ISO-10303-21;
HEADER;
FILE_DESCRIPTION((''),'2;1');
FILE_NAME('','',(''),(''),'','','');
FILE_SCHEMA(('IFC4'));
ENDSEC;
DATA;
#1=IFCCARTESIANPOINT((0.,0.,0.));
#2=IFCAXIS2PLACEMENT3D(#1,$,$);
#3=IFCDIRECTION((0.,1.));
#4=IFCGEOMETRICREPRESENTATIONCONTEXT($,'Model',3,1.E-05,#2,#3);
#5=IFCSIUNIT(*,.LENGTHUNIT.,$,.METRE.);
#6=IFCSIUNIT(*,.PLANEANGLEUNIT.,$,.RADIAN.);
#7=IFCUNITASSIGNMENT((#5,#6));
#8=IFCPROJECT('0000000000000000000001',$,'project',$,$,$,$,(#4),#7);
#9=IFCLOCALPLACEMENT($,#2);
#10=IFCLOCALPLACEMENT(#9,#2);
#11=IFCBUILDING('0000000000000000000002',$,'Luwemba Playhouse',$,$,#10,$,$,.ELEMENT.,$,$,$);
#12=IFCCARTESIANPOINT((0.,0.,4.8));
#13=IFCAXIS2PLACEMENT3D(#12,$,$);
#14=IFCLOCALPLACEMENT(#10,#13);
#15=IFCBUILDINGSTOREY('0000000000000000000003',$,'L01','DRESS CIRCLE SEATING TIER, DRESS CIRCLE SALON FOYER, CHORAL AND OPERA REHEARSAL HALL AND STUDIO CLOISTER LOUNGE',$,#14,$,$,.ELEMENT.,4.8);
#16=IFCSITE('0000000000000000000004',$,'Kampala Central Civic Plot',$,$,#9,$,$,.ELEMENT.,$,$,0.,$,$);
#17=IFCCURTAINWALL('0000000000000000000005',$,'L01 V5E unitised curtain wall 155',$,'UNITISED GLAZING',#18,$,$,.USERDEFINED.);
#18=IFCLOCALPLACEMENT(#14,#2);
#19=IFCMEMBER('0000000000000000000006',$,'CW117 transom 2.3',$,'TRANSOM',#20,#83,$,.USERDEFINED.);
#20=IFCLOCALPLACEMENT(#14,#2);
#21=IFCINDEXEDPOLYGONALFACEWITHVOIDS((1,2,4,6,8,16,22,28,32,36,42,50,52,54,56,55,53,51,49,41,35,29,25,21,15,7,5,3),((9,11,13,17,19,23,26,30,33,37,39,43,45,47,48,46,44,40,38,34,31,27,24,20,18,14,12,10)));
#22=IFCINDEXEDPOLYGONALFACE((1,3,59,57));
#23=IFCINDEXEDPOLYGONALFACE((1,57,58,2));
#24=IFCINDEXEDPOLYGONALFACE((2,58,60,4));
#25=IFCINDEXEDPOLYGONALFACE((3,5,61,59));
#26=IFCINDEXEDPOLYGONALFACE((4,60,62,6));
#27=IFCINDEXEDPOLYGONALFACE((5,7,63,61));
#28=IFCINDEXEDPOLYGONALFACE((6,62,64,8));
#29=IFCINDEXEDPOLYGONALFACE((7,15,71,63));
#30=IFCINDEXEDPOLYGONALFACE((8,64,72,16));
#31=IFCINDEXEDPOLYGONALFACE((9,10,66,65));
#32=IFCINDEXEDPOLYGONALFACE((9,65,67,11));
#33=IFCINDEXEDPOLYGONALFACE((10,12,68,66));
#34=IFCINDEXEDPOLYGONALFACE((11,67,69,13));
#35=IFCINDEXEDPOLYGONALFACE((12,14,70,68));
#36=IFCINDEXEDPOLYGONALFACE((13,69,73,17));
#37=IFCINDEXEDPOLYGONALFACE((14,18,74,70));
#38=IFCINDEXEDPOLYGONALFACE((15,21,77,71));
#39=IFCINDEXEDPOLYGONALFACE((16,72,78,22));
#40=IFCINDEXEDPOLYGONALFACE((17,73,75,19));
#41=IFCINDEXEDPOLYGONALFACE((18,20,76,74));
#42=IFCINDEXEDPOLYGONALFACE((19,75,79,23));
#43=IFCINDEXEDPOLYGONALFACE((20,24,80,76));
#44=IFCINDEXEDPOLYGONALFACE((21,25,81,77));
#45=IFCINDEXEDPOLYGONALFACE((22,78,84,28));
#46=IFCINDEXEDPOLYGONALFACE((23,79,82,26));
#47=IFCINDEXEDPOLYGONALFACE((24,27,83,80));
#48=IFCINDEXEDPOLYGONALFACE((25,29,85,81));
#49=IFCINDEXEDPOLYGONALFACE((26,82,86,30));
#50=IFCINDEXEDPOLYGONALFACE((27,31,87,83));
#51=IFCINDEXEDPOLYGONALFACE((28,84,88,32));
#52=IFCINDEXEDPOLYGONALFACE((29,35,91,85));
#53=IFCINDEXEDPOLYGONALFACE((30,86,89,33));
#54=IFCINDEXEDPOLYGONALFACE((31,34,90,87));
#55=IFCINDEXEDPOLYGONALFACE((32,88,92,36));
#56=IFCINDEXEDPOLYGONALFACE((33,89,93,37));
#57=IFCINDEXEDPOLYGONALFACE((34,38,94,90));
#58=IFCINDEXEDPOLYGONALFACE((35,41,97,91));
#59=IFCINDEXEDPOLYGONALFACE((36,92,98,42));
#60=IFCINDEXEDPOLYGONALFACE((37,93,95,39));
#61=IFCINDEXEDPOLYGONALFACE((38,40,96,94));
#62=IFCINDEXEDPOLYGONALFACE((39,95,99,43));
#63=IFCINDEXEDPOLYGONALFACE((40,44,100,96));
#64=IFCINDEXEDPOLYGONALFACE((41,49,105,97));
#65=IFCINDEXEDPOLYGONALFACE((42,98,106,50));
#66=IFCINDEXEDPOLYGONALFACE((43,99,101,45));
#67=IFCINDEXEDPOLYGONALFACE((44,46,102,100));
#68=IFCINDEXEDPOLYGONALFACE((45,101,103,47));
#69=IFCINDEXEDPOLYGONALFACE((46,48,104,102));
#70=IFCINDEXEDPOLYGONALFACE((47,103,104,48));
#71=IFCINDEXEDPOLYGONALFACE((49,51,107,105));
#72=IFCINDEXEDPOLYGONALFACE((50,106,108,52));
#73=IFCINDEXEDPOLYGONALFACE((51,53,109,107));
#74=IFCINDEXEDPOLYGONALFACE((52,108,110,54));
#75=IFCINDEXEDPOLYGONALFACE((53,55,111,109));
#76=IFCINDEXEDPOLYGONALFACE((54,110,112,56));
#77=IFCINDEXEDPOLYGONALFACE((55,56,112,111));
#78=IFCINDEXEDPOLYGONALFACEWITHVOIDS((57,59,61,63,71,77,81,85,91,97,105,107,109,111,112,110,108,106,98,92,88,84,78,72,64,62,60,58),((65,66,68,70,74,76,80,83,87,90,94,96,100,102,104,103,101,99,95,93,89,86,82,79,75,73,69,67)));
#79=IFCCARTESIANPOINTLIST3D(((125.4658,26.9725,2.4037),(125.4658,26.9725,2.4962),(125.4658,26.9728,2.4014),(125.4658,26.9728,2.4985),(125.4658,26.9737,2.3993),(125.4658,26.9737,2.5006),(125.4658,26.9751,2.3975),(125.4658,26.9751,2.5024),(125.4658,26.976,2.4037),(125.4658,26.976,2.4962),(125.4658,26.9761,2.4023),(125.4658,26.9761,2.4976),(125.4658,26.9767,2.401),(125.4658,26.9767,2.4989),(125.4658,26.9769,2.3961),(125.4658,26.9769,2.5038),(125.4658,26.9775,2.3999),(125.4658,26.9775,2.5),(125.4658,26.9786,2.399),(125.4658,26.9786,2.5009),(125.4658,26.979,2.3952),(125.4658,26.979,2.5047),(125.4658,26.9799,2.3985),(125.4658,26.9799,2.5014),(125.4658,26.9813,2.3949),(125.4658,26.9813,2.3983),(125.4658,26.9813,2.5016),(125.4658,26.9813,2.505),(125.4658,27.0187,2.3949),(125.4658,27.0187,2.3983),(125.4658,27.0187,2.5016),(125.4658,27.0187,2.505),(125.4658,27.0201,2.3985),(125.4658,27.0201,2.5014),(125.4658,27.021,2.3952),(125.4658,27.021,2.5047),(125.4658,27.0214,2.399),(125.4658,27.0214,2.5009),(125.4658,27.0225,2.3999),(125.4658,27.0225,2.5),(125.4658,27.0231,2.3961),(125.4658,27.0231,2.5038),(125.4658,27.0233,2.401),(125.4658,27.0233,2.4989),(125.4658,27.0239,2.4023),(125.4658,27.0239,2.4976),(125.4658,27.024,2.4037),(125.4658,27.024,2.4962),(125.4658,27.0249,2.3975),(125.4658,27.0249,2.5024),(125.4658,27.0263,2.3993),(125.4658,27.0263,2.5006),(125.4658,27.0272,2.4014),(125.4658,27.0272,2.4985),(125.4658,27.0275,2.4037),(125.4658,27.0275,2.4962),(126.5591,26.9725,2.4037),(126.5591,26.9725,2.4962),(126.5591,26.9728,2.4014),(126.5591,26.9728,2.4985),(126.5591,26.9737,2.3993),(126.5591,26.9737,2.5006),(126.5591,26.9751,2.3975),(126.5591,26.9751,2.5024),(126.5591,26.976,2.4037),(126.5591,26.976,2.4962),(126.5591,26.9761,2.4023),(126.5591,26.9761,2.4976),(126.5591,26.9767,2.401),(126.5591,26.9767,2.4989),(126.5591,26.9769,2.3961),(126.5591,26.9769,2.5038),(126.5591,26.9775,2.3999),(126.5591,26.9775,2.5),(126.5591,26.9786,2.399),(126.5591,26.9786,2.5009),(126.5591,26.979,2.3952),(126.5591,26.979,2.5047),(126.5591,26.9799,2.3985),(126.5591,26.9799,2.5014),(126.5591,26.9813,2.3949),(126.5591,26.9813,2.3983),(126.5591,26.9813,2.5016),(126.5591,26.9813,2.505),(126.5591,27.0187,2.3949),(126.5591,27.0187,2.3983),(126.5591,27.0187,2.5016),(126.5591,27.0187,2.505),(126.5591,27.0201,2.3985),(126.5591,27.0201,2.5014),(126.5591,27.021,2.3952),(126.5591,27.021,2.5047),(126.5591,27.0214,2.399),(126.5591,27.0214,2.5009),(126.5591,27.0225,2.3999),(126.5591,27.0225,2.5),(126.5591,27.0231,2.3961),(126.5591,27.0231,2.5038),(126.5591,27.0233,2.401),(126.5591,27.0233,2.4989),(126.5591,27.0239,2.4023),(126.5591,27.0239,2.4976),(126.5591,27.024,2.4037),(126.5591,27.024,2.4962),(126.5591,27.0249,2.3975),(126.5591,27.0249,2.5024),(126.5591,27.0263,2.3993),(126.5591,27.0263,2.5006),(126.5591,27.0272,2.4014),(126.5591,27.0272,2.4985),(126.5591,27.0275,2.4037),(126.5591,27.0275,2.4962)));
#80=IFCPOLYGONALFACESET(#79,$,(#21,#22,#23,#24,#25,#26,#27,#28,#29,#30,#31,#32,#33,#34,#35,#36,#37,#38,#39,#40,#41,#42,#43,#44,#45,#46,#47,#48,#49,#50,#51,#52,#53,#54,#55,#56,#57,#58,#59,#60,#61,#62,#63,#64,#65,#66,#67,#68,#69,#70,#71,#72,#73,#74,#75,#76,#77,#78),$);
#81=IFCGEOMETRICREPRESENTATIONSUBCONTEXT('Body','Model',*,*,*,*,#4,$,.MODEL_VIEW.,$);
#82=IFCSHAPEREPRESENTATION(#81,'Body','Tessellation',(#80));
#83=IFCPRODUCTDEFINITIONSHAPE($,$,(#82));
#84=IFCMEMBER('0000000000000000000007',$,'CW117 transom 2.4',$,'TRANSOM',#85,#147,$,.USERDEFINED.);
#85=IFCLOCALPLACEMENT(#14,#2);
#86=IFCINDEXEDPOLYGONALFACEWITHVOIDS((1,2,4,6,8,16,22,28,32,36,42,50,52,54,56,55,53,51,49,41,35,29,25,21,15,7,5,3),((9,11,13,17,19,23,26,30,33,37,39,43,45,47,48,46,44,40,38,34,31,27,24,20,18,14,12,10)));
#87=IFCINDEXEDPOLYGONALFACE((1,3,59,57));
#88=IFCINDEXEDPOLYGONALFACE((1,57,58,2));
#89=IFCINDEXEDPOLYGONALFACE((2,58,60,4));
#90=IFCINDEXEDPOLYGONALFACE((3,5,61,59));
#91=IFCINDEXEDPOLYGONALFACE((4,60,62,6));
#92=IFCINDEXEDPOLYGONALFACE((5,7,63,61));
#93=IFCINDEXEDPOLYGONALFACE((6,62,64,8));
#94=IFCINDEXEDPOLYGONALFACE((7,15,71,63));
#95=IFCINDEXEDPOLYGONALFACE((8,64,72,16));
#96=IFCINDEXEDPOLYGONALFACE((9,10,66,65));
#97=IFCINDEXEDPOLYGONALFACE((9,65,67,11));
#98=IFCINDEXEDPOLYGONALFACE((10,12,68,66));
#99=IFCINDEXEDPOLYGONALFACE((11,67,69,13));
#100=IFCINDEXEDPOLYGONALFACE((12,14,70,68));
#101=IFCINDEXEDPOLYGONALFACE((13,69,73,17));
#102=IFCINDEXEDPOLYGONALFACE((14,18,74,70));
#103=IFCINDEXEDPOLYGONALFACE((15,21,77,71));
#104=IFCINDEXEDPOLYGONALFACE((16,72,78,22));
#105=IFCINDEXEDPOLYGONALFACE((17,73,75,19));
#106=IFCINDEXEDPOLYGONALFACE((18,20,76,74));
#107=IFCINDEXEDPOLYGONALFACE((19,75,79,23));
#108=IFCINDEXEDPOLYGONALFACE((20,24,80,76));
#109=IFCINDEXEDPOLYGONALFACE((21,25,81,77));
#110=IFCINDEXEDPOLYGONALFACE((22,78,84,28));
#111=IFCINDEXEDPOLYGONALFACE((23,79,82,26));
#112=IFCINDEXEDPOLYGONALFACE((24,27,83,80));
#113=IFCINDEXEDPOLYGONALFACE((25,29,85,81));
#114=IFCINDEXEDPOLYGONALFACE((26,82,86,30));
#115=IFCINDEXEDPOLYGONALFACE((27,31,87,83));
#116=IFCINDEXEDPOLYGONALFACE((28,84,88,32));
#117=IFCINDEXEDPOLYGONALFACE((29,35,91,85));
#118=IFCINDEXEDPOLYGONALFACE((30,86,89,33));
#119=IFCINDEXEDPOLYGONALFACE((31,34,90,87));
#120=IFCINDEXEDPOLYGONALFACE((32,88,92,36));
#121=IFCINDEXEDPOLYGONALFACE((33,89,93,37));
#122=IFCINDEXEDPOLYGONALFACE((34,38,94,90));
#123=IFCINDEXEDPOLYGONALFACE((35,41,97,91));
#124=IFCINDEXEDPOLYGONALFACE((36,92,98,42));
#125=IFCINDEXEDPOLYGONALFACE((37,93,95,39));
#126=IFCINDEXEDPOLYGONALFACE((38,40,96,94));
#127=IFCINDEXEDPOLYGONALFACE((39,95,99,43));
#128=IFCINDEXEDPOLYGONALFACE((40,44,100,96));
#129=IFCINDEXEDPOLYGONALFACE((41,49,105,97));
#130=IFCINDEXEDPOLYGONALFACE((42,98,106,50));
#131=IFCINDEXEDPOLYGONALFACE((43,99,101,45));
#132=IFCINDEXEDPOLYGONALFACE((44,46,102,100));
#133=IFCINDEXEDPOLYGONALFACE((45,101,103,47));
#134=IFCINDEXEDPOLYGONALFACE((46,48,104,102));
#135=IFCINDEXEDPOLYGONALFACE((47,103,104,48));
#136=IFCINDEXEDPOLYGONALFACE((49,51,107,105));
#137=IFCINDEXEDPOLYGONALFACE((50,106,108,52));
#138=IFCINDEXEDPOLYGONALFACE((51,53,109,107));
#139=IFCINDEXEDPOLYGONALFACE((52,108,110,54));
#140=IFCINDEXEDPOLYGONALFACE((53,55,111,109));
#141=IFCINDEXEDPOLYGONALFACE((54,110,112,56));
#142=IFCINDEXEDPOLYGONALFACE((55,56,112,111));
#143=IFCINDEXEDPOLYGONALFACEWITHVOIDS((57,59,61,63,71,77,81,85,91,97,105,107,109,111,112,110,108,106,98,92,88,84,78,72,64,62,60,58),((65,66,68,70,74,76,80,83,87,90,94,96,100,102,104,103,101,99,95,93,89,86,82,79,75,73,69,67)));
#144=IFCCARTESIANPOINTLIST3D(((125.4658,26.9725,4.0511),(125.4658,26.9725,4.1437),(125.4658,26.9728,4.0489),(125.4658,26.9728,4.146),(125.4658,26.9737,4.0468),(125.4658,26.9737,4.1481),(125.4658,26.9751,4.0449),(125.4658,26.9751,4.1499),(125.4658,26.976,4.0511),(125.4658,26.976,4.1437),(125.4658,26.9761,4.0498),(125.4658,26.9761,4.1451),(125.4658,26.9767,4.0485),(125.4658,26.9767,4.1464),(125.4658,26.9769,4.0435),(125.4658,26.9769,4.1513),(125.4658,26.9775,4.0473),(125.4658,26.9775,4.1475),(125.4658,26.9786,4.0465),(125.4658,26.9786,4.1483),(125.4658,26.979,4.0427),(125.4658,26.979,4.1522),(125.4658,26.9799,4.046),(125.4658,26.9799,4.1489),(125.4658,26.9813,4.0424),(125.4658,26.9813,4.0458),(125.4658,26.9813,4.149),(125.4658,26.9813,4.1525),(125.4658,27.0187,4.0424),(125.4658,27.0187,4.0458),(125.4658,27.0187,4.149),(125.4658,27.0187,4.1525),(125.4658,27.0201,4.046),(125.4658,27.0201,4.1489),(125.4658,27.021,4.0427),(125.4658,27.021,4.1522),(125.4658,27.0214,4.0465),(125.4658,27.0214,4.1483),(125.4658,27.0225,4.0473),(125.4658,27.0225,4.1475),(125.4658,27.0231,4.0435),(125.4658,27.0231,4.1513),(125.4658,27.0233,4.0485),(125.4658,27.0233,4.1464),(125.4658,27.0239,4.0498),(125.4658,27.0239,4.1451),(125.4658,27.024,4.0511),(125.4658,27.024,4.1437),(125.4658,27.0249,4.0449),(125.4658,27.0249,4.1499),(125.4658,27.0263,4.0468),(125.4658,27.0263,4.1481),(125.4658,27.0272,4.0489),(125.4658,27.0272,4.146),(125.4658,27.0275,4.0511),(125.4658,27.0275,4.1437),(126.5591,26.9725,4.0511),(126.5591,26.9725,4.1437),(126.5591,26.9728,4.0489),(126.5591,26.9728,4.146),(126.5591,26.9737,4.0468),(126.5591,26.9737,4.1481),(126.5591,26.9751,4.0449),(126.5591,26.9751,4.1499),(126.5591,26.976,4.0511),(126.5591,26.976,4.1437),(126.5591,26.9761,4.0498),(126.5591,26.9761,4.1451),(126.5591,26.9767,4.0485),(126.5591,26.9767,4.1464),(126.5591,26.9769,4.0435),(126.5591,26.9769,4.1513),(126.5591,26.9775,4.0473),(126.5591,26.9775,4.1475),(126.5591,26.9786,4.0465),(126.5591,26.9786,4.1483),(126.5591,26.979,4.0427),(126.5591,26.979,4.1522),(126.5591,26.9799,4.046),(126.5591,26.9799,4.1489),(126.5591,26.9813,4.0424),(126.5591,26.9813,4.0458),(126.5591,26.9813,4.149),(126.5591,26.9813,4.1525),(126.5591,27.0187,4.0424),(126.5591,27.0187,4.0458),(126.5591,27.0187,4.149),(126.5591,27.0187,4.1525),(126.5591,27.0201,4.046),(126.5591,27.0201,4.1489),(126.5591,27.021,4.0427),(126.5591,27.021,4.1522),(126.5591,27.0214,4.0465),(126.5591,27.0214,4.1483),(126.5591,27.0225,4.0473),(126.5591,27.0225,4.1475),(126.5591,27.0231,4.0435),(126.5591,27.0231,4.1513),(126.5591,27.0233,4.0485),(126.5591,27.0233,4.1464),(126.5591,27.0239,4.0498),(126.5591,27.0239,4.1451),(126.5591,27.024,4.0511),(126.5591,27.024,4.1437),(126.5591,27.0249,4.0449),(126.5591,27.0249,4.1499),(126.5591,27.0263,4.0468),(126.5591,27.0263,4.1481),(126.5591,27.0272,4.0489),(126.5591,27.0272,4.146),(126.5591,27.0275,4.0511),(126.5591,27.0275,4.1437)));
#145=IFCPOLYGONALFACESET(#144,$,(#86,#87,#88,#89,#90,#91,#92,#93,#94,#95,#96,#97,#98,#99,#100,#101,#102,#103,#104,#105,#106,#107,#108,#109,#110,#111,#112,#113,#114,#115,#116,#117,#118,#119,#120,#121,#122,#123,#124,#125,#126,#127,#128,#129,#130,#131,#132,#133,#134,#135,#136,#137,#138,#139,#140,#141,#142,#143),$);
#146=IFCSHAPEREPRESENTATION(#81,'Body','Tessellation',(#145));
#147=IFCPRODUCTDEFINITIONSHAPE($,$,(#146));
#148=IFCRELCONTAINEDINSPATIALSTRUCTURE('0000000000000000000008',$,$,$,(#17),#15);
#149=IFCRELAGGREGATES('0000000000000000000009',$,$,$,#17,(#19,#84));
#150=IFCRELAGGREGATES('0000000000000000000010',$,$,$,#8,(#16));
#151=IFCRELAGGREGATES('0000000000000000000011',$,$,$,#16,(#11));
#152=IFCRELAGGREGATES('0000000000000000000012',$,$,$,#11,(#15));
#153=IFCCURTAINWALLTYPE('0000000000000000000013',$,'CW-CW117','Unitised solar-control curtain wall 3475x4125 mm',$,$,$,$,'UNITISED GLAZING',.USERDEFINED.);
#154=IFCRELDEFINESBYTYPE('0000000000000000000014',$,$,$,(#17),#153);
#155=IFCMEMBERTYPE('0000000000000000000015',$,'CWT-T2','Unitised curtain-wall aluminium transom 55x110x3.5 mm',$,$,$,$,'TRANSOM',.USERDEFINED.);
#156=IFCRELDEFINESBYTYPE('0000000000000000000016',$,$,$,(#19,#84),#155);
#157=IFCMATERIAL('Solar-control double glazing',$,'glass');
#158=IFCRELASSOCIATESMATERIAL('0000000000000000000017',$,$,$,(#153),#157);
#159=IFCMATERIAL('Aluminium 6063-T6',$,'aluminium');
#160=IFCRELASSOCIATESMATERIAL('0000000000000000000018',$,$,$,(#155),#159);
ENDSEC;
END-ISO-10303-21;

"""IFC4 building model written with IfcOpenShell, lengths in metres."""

from ifc_helpers import new_model, si_unit, direction, frame, origin, origin_2d, place, context, subcontext, project, spatial, hollow_rectangle, extrude, material, material_profile, profile_set, type_object, element, aggregate, save


model = new_model("IFC4")

# Units and contexts
model_context = context("Model", 3, precision=1e-05, world=origin(), true_north=direction((0.0, 1.0)))
body_context = subcontext(model_context, "Body", "Model", "MODEL_VIEW")
ifc_project = project(units=[si_unit("LENGTHUNIT", "METRE"), si_unit("PLANEANGLEUNIT", "RADIAN")], contexts=[model_context])

# Site, building, storey
site_placement = place(None, origin())
site = spatial("IfcSite", under=ifc_project, at=site_placement, Name="Kampala Central Civic Plot", CompositionType="ELEMENT", RefElevation=0.0)
building_placement = place(site_placement, origin())
building = spatial("IfcBuilding", under=site, at=building_placement, Name="Luwemba Playhouse", CompositionType="ELEMENT")
storey_placement = place(building_placement, frame((0.0, 0.0, 4.8)))
storey = spatial("IfcBuildingStorey", under=building, at=storey_placement, Name="L01", Description="DRESS CIRCLE SEATING TIER, DRESS CIRCLE SALON FOYER, CHORAL AND OPERA REHEARSAL HALL AND STUDIO CLOISTER LOUNGE", CompositionType="ELEMENT", Elevation=4.8)

# Curtain wall
ifc_material_1 = material(Name="Solar-control double glazing", Category="glass")
curtain_wall_type_1 = type_object("IfcCurtainWallType", Name="CW-CW117", Description="Unitised solar-control curtain wall 3475x4125 mm", ElementType="UNITISED GLAZING", PredefinedType="USERDEFINED", material=ifc_material_1)
curtain_wall_1_placement = place(storey_placement, origin())
curtain_wall_1 = element("IfcCurtainWall", 1, at=curtain_wall_1_placement, inside=storey, type_object=curtain_wall_type_1, Name="L01 V5E unitised curtain wall 155", ObjectType="UNITISED GLAZING", PredefinedType="USERDEFINED")
ifc_material_2 = material(Name="Aluminium 6063-T6", Category="aluminium")

# Members
ifc_material_profile_1 = material_profile(ifc_material_2, hollow_rectangle(XDim=0.0549, YDim=0.1101, WallThickness=0.0034, InnerFilletRadius=0.0054, OuterFilletRadius=0.0088, at=origin_2d()))
ifc_profile_set_1 = profile_set([ifc_material_profile_1], Name="Aluminium 6063-T6")
member_type_1 = type_object("IfcMemberType", Name="CWT-T2", Description="Unitised curtain-wall aluminium transom 55x110x3.5 mm", ElementType="TRANSOM", PredefinedType="USERDEFINED", material=ifc_profile_set_1)
member_1_placement = place(storey_placement, frame((125.4658, 27.0, 2.45), z_axis=(1.0, 0.0, 0.0), x_axis=(0.0, 1.0, 0.0)))
member_1 = element("IfcMember", 2, at=member_1_placement, type_object=member_type_1, Name="CW117 transom 2.3", ObjectType="TRANSOM", PredefinedType="USERDEFINED", context=body_context, shape_type="SweptSolid", body=[
    extrude(hollow_rectangle(XDim=0.0549, YDim=0.1101, WallThickness=0.0034, InnerFilletRadius=0.0054, OuterFilletRadius=0.0088, at=origin_2d()), origin(), (0.0, 0.0, 1.0), 1.0933),
])
member_2_placement = place(storey_placement, frame((125.4658, 27.0, 4.0974), z_axis=(1.0, 0.0, 0.0), x_axis=(0.0, 1.0, 0.0)))
member_2 = element("IfcMember", 3, at=member_2_placement, type_object=member_type_1, Name="CW117 transom 2.4", ObjectType="TRANSOM", PredefinedType="USERDEFINED", context=body_context, shape_type="SweptSolid", body=[
    extrude(hollow_rectangle(XDim=0.0549, YDim=0.1101, WallThickness=0.0034, InnerFilletRadius=0.0054, OuterFilletRadius=0.0088, at=origin_2d()), origin(), (0.0, 0.0, 1.0), 1.0933),
])

aggregate(curtain_wall_1, [member_1, member_2])

save(model, "model.ifc")
